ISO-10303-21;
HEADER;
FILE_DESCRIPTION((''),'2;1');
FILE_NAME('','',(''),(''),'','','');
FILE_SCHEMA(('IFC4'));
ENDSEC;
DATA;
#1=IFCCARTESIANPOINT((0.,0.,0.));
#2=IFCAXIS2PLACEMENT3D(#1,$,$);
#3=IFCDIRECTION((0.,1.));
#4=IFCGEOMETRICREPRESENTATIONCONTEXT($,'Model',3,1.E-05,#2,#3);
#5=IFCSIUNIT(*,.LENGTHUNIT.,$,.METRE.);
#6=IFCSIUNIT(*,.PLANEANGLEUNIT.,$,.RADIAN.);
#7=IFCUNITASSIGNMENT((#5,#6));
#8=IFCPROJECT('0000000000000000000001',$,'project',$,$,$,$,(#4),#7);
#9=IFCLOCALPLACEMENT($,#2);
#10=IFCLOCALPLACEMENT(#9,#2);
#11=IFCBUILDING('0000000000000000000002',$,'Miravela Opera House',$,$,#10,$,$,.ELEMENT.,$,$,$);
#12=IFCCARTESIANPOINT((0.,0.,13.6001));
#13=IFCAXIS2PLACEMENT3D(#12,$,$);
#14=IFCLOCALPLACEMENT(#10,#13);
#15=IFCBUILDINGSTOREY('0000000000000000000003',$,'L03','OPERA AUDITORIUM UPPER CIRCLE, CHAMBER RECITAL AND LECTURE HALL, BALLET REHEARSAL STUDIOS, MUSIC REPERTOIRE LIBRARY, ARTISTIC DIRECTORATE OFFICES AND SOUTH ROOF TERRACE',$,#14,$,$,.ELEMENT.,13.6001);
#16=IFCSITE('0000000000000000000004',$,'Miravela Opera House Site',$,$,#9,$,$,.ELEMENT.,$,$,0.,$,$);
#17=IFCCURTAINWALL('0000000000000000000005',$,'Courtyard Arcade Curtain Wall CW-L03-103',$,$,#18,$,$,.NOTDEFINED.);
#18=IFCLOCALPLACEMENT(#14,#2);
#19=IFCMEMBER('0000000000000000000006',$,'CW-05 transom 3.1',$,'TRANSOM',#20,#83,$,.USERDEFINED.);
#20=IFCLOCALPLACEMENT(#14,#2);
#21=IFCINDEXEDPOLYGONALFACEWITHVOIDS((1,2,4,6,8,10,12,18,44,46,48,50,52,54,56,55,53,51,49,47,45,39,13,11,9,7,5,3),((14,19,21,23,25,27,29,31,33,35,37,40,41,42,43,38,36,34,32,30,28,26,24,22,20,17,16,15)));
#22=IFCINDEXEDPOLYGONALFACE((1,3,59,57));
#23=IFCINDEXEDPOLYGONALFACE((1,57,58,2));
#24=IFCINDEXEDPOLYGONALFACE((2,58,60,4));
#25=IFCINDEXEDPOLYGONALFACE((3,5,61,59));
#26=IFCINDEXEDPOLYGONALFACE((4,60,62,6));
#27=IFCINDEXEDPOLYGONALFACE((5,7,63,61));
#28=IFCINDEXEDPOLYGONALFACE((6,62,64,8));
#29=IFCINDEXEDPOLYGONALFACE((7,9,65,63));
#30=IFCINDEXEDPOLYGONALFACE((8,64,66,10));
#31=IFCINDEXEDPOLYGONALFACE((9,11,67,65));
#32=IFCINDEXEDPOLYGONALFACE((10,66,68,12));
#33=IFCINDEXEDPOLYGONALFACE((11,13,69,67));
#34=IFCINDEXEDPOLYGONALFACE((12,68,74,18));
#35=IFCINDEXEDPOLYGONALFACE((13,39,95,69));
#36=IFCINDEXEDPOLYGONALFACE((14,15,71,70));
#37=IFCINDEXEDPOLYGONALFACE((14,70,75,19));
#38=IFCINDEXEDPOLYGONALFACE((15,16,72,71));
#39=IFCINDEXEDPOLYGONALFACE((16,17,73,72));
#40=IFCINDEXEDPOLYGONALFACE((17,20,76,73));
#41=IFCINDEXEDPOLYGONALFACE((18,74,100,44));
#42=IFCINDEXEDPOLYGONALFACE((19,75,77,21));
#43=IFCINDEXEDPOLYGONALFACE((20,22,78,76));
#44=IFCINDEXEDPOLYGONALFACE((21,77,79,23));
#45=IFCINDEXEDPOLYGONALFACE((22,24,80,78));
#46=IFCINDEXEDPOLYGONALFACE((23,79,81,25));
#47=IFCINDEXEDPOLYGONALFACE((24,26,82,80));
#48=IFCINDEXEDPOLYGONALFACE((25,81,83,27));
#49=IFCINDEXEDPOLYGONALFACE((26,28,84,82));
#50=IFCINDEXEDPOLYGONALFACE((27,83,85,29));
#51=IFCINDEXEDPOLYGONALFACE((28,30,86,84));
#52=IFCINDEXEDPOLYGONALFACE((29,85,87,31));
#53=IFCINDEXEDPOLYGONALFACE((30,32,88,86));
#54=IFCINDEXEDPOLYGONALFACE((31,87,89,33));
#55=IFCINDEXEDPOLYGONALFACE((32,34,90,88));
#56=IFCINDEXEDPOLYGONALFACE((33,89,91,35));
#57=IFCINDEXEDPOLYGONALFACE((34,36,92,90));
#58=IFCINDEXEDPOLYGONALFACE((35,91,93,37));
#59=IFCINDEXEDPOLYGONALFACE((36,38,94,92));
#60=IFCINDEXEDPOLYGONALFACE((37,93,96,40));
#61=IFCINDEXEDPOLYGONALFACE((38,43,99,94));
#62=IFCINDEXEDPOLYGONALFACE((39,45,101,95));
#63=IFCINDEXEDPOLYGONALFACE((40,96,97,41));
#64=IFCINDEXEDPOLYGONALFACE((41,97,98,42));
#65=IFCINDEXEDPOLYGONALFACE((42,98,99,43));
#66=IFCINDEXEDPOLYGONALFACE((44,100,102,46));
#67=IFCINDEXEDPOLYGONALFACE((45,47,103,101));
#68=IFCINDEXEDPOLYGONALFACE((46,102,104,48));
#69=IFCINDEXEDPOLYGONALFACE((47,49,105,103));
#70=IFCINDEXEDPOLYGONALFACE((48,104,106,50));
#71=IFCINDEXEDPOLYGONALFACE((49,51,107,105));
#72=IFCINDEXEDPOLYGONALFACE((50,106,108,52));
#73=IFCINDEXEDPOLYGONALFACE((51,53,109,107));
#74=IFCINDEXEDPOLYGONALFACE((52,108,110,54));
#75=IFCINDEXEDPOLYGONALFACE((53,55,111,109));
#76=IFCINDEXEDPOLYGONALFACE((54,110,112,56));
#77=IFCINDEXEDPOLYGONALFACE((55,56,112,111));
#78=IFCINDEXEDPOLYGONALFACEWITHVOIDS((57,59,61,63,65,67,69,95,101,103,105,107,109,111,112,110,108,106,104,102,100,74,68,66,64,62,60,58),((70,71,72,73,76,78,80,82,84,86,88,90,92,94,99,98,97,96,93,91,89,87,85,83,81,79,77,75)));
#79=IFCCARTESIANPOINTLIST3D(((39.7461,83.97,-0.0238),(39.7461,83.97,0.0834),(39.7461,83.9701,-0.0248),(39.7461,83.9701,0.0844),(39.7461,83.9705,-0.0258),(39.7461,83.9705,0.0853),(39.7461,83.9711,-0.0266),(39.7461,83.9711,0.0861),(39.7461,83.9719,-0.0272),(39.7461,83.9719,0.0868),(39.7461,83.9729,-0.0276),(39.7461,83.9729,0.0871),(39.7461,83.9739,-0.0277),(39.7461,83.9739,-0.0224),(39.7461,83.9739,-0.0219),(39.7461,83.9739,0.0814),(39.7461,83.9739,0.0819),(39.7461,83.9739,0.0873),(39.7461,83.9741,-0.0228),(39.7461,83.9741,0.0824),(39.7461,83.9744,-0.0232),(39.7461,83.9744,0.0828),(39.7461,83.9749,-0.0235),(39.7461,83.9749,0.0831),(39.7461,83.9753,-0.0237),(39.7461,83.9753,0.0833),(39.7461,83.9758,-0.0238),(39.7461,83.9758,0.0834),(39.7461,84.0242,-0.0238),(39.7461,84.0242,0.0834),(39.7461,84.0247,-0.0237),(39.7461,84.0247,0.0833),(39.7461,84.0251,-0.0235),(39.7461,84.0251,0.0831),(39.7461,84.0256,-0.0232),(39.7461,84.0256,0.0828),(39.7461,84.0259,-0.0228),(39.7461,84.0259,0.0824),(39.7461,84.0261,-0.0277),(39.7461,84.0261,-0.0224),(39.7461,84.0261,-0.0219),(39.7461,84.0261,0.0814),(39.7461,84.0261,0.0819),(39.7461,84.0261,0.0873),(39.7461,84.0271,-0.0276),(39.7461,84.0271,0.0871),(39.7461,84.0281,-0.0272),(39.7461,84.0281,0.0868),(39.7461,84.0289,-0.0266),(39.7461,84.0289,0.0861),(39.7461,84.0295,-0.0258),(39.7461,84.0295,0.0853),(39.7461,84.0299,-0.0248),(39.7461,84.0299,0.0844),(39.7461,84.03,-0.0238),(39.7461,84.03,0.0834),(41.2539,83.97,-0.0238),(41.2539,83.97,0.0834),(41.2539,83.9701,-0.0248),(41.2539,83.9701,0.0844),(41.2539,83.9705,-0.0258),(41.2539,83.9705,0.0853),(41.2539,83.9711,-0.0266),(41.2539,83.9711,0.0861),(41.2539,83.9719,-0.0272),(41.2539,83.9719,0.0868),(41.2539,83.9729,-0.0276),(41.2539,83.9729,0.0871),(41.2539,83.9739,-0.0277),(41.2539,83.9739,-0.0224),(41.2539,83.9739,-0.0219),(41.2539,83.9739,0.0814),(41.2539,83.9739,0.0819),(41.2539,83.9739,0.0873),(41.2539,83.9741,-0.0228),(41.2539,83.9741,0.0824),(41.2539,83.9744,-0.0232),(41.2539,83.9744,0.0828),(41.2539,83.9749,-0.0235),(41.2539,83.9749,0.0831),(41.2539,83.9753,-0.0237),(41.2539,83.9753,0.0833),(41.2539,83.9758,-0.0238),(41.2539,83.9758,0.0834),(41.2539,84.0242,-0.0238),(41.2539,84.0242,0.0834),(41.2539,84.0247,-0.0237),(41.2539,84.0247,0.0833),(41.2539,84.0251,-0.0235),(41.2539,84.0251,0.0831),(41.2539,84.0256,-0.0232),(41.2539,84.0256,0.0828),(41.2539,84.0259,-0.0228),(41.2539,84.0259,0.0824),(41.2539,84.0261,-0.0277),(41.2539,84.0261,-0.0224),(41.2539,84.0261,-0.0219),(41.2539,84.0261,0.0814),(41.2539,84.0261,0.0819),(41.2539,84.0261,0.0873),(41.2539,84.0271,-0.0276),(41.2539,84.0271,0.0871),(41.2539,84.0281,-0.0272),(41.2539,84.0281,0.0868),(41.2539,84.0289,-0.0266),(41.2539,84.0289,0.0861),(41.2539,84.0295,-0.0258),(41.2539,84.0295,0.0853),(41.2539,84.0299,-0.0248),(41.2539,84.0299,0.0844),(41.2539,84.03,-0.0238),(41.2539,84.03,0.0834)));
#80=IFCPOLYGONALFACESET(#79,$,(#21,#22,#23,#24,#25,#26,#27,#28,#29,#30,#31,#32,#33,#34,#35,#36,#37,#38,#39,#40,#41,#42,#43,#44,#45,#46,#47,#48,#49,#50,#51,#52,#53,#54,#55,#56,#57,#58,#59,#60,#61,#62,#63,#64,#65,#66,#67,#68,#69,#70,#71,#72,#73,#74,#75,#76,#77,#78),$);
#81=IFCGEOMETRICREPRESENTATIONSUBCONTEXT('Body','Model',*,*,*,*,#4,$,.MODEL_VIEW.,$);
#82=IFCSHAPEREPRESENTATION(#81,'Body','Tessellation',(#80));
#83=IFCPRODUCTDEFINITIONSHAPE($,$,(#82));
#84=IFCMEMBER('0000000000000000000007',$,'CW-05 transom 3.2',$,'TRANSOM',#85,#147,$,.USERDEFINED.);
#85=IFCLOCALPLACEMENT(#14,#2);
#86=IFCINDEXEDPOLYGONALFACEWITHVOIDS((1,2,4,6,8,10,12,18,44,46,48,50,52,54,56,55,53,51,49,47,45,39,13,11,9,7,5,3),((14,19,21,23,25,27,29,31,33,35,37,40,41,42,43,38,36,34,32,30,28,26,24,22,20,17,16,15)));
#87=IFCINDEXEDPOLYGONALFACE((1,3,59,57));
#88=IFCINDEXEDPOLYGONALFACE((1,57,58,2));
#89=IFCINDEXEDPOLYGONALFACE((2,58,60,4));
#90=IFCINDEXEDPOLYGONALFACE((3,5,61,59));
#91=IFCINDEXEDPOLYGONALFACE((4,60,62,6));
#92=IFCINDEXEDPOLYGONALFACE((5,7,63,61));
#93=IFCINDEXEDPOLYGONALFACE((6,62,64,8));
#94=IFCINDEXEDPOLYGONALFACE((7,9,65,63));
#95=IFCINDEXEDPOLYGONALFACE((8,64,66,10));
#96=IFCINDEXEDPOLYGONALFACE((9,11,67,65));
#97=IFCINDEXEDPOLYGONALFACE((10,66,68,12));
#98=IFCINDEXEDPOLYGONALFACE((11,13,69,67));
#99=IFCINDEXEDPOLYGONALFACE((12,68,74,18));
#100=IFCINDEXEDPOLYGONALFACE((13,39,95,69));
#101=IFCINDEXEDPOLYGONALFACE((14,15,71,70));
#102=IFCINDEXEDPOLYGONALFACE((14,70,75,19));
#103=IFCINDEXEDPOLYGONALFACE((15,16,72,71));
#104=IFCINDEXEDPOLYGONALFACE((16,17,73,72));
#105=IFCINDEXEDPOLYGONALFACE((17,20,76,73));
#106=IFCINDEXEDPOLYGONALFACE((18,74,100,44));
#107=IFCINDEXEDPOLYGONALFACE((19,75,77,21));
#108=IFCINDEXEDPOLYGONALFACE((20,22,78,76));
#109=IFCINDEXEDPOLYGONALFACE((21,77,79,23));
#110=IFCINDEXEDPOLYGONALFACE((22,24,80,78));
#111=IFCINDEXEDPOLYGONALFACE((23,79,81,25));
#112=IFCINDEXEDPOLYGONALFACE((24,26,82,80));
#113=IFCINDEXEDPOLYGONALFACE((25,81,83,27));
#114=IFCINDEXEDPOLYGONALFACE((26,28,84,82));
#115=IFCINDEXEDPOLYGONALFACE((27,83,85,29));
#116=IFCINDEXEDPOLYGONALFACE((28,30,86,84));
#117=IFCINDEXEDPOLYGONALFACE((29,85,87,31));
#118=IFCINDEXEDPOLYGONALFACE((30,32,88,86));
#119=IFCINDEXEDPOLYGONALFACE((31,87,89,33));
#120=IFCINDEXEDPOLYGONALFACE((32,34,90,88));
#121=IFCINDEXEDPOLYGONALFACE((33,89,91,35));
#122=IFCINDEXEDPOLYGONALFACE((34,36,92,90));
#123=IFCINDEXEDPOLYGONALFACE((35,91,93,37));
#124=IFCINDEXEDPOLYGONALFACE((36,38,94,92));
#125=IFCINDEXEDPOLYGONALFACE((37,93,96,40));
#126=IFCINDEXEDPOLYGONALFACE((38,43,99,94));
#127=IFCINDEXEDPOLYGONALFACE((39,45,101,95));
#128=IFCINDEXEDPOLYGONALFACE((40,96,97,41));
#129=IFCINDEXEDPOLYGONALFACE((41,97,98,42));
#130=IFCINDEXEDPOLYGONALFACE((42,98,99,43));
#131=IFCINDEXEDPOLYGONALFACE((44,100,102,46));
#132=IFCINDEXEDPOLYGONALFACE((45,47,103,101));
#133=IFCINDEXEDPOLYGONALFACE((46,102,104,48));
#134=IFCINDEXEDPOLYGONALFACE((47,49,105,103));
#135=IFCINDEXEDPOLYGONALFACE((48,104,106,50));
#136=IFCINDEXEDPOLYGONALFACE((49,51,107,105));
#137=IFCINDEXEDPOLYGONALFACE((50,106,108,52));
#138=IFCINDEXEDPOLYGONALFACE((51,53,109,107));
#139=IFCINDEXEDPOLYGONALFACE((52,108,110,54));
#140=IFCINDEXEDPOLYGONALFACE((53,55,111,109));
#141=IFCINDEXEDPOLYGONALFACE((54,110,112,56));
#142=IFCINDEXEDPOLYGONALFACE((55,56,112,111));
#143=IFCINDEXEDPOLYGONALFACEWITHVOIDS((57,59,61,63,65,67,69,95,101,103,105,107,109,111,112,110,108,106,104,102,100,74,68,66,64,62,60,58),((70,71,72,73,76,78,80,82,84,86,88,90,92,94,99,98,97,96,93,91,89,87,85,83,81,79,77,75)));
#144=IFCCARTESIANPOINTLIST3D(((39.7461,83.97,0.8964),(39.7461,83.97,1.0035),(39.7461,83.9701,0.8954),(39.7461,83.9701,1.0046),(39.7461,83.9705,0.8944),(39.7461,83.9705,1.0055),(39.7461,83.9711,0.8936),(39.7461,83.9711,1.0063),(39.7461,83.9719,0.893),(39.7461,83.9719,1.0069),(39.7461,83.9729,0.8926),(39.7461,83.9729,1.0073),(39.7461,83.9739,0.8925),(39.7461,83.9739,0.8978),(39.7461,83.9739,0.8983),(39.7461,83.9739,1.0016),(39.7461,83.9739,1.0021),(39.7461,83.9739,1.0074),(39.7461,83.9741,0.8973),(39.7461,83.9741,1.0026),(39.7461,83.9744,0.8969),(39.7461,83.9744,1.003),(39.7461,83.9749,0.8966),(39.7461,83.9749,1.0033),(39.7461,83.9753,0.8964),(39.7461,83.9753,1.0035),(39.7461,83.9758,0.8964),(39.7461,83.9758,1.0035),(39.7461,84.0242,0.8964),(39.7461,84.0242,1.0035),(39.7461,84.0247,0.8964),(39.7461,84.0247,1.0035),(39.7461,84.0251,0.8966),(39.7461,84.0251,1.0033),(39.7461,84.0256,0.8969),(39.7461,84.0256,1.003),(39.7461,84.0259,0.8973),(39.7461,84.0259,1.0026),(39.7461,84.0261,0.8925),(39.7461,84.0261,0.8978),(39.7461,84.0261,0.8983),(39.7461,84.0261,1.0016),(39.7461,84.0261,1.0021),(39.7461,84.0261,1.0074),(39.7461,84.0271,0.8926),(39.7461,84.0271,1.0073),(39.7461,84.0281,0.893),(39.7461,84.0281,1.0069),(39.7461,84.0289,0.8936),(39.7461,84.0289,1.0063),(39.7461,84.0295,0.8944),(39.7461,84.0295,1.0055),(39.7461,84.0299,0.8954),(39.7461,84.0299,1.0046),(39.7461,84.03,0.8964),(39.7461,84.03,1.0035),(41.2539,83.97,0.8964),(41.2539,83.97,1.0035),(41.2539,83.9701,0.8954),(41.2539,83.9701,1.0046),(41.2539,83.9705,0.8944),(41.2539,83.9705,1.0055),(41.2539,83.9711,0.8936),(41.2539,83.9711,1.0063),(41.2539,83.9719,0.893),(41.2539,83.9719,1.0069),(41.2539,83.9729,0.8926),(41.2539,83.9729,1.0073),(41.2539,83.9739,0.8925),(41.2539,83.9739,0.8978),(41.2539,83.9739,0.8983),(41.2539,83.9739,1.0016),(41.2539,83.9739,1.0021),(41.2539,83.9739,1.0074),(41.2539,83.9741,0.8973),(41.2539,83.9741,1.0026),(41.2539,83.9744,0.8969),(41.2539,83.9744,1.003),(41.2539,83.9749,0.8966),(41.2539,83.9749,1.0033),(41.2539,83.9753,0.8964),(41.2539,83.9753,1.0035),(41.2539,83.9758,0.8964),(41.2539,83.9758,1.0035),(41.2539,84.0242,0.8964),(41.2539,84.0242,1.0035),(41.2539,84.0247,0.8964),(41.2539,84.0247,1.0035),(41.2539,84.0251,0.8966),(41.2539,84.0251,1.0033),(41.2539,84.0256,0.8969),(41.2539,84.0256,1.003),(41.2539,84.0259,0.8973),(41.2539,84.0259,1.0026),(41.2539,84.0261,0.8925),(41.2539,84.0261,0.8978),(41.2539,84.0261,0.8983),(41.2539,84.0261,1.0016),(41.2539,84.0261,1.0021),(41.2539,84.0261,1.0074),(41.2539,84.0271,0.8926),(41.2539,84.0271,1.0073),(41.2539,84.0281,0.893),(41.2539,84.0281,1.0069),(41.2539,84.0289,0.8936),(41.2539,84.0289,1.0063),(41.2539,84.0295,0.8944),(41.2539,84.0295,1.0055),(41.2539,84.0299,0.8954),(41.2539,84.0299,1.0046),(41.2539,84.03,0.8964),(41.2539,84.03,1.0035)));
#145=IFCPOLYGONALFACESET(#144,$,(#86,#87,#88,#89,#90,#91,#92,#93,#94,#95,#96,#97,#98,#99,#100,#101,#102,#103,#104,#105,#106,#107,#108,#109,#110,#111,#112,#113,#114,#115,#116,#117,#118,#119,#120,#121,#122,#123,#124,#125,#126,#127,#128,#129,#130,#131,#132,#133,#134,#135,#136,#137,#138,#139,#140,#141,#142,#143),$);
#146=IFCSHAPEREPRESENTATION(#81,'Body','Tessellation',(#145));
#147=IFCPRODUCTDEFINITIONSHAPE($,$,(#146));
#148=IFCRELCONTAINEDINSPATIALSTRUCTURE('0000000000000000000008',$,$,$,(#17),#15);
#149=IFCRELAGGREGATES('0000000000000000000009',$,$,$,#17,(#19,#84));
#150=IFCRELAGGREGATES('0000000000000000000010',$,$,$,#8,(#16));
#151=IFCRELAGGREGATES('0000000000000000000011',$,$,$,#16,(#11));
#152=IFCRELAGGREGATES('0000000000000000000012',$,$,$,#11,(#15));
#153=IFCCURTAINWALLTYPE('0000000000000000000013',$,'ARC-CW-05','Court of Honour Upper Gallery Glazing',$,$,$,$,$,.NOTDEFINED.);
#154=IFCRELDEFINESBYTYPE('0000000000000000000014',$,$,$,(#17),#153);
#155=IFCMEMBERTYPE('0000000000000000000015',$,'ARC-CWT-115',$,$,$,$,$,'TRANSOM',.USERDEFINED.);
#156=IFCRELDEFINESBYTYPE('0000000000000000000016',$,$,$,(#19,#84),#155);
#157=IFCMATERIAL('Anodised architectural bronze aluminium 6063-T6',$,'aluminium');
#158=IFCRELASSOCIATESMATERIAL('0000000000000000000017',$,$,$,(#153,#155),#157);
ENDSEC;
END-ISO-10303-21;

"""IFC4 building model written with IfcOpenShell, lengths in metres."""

from ifc_helpers import new_model, si_unit, direction, frame, origin, origin_2d, place, context, subcontext, project, spatial, hollow_rectangle, extrude, material, material_profile, profile_set, type_object, element, aggregate, save


model = new_model("IFC4")

# Units and contexts
model_context = context("Model", 3, precision=1e-05, world=origin(), true_north=direction((0.0, 1.0)))
body_context = subcontext(model_context, "Body", "Model", "MODEL_VIEW")
ifc_project = project(units=[si_unit("LENGTHUNIT", "METRE"), si_unit("PLANEANGLEUNIT", "RADIAN")], contexts=[model_context])

# Site, building, storey
site_placement = place(None, origin())
site = spatial("IfcSite", under=ifc_project, at=site_placement, Name="Miravela Opera House Site", CompositionType="ELEMENT", RefElevation=0.0)
building_placement = place(site_placement, origin())
building = spatial("IfcBuilding", under=site, at=building_placement, Name="Miravela Opera House", CompositionType="ELEMENT")
storey_placement = place(building_placement, frame((0.0, 0.0, 13.6001)))
storey = spatial("IfcBuildingStorey", under=building, at=storey_placement, Name="L03", Description="OPERA AUDITORIUM UPPER CIRCLE, CHAMBER RECITAL AND LECTURE HALL, BALLET REHEARSAL STUDIOS, MUSIC REPERTOIRE LIBRARY, ARTISTIC DIRECTORATE OFFICES AND SOUTH ROOF TERRACE", CompositionType="ELEMENT", Elevation=13.6001)

# Curtain wall, members
ifc_material_1 = material(Name="Anodised architectural bronze aluminium 6063-T6", Category="aluminium")
curtain_wall_type = type_object("IfcCurtainWallType", Name="ARC-CW-05", Description="Court of Honour Upper Gallery Glazing", PredefinedType="NOTDEFINED", material=ifc_material_1)
curtain_wall_placement = place(storey_placement, origin())
curtain_wall = element("IfcCurtainWall", 1, at=curtain_wall_placement, inside=storey, type_object=curtain_wall_type, Name="Courtyard Arcade Curtain Wall CW-L03-103", PredefinedType="NOTDEFINED")
ifc_material_profile_1 = material_profile(ifc_material_1, hollow_rectangle(XDim=0.0601, YDim=0.115, WallThickness=0.0039, InnerFilletRadius=0.002, OuterFilletRadius=0.0039, at=origin_2d()), Name="CWT-60X115")
ifc_profile_set_1 = profile_set([ifc_material_profile_1])
member_type_1 = type_object("IfcMemberType", Name="ARC-CWT-115", ElementType="TRANSOM", PredefinedType="USERDEFINED", material=ifc_profile_set_1)
member_1_placement = place(storey_placement, frame((39.7461, 84.0, 0.0298), z_axis=(1.0, 0.0, 0.0), x_axis=(0.0, 1.0, 0.0)))
member_1 = element("IfcMember", 2, at=member_1_placement, type_object=member_type_1, Name="CW-05 transom 3.1", ObjectType="TRANSOM", PredefinedType="USERDEFINED", context=body_context, shape_type="SweptSolid", body=[
    extrude(hollow_rectangle(XDim=0.0601, YDim=0.115, WallThickness=0.0039, InnerFilletRadius=0.002, OuterFilletRadius=0.0039, at=origin_2d()), origin(), (0.0, 0.0, 1.0), 1.5078),
])
member_2_placement = place(storey_placement, frame((39.7461, 84.0, 0.95), z_axis=(1.0, 0.0, 0.0), x_axis=(0.0, 1.0, 0.0)))
member_2 = element("IfcMember", 3, at=member_2_placement, type_object=member_type_1, Name="CW-05 transom 3.2", ObjectType="TRANSOM", PredefinedType="USERDEFINED", context=body_context, shape_type="SweptSolid", body=[
    extrude(hollow_rectangle(XDim=0.0601, YDim=0.115, WallThickness=0.0039, InnerFilletRadius=0.002, OuterFilletRadius=0.0039, at=origin_2d()), origin(), (0.0, 0.0, 1.0), 1.5078),
])
aggregate(curtain_wall, [member_1, member_2])

save(model, "model.ifc")
